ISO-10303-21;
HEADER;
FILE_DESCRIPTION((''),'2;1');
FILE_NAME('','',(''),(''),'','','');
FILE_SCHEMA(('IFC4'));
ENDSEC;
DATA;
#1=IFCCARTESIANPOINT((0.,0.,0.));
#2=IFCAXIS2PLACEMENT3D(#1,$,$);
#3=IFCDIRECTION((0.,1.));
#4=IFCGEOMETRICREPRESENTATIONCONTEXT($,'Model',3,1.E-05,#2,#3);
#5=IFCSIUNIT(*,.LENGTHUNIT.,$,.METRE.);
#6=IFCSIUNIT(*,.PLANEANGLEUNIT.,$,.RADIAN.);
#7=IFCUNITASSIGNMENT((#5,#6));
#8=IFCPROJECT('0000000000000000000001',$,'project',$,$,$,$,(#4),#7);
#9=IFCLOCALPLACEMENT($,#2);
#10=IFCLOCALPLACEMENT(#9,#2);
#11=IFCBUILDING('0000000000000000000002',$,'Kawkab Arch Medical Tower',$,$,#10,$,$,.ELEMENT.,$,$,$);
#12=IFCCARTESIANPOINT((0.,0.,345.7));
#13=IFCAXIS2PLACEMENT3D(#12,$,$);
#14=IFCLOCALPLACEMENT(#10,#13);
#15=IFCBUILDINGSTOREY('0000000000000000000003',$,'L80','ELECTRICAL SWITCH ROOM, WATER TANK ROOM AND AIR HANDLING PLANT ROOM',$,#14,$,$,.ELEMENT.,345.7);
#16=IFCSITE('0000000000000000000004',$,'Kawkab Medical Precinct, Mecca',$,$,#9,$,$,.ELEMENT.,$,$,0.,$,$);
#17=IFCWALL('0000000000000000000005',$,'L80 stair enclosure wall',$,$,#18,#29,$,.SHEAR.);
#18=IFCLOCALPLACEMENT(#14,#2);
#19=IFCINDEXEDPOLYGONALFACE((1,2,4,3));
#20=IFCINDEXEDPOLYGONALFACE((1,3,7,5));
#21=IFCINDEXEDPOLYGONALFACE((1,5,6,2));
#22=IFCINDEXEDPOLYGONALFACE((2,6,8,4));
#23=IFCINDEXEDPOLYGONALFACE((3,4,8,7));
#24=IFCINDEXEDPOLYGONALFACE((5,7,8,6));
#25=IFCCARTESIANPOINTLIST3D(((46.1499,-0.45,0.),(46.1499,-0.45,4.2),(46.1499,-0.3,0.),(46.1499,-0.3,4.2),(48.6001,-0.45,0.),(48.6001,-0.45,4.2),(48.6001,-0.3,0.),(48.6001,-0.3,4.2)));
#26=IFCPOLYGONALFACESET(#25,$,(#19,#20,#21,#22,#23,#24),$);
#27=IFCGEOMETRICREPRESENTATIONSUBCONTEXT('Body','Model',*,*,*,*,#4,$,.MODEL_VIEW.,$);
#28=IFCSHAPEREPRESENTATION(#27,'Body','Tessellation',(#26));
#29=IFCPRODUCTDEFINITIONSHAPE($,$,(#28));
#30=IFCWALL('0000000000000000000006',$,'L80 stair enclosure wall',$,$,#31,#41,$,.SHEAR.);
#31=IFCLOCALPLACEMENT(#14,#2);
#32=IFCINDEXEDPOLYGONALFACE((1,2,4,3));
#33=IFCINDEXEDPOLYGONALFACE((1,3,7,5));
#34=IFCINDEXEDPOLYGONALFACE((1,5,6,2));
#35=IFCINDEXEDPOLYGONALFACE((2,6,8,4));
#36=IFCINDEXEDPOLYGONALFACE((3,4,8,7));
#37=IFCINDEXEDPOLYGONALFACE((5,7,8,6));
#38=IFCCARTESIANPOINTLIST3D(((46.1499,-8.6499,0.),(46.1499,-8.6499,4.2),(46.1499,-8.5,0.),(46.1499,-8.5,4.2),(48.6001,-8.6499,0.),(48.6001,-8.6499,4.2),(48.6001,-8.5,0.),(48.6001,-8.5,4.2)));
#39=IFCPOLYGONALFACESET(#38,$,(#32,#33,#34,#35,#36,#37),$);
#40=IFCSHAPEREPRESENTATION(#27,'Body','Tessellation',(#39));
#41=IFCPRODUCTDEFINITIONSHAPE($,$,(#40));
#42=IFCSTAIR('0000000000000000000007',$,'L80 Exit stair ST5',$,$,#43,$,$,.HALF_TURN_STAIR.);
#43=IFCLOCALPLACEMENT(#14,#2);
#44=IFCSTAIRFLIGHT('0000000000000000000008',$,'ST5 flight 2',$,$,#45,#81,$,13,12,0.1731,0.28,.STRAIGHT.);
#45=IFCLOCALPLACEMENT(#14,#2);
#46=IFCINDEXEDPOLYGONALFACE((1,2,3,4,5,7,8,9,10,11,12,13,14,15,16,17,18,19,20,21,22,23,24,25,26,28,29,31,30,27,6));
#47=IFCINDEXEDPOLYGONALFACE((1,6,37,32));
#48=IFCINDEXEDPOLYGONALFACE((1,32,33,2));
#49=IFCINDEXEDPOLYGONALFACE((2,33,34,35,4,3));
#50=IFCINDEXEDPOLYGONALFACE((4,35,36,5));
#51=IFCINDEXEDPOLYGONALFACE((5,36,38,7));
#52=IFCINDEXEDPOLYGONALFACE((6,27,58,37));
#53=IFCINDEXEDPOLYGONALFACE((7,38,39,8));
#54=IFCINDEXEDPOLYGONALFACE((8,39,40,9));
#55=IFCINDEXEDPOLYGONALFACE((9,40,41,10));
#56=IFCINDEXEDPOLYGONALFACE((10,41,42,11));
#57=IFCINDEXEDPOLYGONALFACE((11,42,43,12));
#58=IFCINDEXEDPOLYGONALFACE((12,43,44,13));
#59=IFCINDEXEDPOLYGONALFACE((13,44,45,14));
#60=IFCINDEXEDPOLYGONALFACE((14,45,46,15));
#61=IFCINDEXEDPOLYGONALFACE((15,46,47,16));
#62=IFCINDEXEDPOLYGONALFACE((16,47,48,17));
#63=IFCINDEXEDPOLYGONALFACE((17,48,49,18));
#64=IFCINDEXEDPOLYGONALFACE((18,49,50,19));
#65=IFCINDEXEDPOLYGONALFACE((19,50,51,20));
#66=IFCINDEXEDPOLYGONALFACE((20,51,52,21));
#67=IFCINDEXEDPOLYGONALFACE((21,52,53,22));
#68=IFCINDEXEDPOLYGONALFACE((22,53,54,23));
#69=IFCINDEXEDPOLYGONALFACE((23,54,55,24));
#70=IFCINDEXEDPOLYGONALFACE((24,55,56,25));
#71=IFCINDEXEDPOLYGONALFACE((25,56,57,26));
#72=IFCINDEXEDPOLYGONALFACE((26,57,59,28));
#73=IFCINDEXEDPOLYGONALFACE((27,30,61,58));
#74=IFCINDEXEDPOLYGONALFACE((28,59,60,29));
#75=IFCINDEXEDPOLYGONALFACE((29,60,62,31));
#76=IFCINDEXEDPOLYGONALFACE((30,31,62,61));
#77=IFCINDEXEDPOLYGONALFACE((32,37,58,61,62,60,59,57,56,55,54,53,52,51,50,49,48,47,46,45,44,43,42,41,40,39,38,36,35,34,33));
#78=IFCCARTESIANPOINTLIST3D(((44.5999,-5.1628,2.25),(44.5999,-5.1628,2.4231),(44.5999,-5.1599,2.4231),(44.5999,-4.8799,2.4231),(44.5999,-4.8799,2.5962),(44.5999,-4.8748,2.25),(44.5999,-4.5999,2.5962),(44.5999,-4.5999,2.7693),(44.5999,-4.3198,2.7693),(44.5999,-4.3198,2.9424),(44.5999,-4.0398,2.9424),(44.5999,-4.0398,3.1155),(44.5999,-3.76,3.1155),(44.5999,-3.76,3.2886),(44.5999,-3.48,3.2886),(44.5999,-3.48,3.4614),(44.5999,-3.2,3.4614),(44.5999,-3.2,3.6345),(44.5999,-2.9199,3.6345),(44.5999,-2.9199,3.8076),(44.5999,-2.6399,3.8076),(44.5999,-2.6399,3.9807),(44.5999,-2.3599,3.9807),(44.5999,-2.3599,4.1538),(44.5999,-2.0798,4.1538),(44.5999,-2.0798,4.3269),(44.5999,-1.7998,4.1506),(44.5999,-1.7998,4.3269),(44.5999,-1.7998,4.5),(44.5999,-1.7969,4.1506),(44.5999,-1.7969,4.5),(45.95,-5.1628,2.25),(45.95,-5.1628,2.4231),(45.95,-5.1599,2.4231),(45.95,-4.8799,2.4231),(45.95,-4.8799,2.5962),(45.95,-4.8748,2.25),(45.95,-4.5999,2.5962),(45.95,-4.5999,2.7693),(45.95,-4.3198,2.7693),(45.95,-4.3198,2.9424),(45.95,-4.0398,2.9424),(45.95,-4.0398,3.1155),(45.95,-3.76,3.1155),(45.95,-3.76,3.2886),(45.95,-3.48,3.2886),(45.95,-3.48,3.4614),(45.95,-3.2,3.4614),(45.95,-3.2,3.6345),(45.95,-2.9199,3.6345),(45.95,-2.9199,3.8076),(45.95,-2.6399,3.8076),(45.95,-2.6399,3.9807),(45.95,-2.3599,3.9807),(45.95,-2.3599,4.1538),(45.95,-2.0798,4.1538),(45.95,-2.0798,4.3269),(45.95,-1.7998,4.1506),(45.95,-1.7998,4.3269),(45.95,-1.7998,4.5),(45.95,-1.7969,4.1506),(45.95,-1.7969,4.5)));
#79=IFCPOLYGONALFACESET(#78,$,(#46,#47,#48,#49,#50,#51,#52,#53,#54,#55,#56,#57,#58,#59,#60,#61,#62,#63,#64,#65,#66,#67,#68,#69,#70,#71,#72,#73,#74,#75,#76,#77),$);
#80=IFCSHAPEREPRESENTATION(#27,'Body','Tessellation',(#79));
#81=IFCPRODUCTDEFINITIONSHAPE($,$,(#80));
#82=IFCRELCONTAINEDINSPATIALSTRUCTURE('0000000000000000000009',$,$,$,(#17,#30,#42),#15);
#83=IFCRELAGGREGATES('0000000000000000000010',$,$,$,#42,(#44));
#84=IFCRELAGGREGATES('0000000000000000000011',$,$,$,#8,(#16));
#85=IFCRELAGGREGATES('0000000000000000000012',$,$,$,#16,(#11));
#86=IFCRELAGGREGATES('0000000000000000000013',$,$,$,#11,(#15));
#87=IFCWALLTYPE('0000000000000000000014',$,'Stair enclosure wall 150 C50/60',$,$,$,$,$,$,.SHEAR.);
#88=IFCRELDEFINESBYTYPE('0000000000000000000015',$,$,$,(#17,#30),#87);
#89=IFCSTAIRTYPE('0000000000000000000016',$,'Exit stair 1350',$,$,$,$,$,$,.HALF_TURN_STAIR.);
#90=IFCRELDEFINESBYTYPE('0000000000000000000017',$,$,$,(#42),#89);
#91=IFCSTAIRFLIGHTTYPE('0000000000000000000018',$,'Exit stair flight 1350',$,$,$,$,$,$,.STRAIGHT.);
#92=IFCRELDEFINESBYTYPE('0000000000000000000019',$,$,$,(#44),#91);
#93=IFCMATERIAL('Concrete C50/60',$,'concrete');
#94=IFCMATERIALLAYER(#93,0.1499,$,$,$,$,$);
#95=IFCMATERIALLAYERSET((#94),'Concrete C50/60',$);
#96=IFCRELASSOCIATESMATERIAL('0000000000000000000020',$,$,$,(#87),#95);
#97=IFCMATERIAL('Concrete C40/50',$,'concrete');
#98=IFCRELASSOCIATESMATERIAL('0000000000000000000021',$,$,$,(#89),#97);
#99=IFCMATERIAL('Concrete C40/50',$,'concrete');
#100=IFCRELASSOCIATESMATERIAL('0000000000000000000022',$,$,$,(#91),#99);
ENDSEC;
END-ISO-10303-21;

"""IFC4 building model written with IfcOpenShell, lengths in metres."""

from ifc_helpers import new_model, si_unit, direction, frame, frame_2d, origin, place, context, subcontext, project, spatial, polyline, rectangle, outline, extrude, material, layer, layer_set, type_object, element, aggregate, save


model = new_model("IFC4")

# Units and contexts
model_context = context("Model", 3, precision=1e-05, world=origin(), true_north=direction((0.0, 1.0)))
body_context = subcontext(model_context, "Body", "Model", "MODEL_VIEW")
ifc_project = project(units=[si_unit("LENGTHUNIT", "METRE"), si_unit("PLANEANGLEUNIT", "RADIAN")], contexts=[model_context])

# Site, building, storey
site_placement = place(None, origin())
site = spatial("IfcSite", under=ifc_project, at=site_placement, Name="Kawkab Medical Precinct, Mecca", CompositionType="ELEMENT", RefElevation=0.0)
building_placement = place(site_placement, origin())
building = spatial("IfcBuilding", under=site, at=building_placement, Name="Kawkab Arch Medical Tower", CompositionType="ELEMENT")
storey_placement = place(building_placement, frame((0.0, 0.0, 345.7)))
storey = spatial("IfcBuildingStorey", under=building, at=storey_placement, Name="L80", Description="ELECTRICAL SWITCH ROOM, WATER TANK ROOM AND AIR HANDLING PLANT ROOM", CompositionType="ELEMENT", Elevation=345.7)

# Shared definitions
placement = place(storey_placement, origin())

# Walls
ifc_material_1 = material(Name="Concrete C50/60", Category="concrete")
ifc_layer_1 = layer(ifc_material_1, 0.1499)
ifc_layer_set_1 = layer_set([ifc_layer_1], Name="Concrete C50/60")
wall_type_1 = type_object("IfcWallType", Name="Stair enclosure wall 150 C50/60", PredefinedType="SHEAR", material=ifc_layer_set_1)
for number, where, z_axis, x_axis, name in (
    (1, (46.1499, -0.375, 0.0), (0.0, 0.0, 1.0), (1.0, 0.0, 0.0), "L80 stair enclosure wall"),
    (2, (46.1499, -8.575, 0.0), (0.0, 0.0, 1.0), (1.0, 0.0, 0.0), "L80 stair enclosure wall"),
):
    element("IfcWall", number, at=place(storey_placement, frame(where, z_axis=z_axis, x_axis=x_axis)), inside=storey, type_object=wall_type_1, Name=name, PredefinedType="SHEAR", context=body_context, shape_type="SweptSolid", body=[
        extrude(rectangle(XDim=2.4502, YDim=0.1499, at=frame_2d((1.2251, 0.0))), origin(), (0.0, 0.0, 1.0), 4.2),
    ])

# Stair, stair flight
ifc_material_2 = material(Name="Concrete C40/50", Category="concrete")
stair_type = type_object("IfcStairType", Name="Exit stair 1350", PredefinedType="HALF_TURN_STAIR", material=ifc_material_2)
stair = element("IfcStair", 3, at=placement, inside=storey, type_object=stair_type, Name="L80 Exit stair ST5", PredefinedType="HALF_TURN_STAIR")
ifc_material_3 = material(Name="Concrete C40/50", Category="concrete")
stair_flight_type = type_object("IfcStairFlightType", Name="Exit stair flight 1350", PredefinedType="STRAIGHT", material=ifc_material_3)
stair_flight_placement = place(storey_placement, frame((45.2749, -5.1599, 2.25), z_axis=(0.0, 0.0, 1.0), x_axis=(0.0, 1.0, 0.0)))
stair_flight = element("IfcStairFlight", 4, at=stair_flight_placement, type_object=stair_flight_type, Name="ST5 flight 2", NumberOfRisers=13, NumberOfTreads=12, PredefinedType="STRAIGHT", RiserHeight=0.1731, TreadLength=0.28, context=body_context, shape_type="SweptSolid", body=[
    extrude(outline(polyline([(-0.0029, 0.0), (-0.0029, 0.1731), (0.0, 0.1731), (0.28, 0.1731), (0.28, 0.3462), (0.5601, 0.3462), (0.5601, 0.5193), (0.8401, 0.5193), (0.8401, 0.6924), (1.1201, 0.6924), (1.1201, 0.8655), (1.3999, 0.8655), (1.3999, 1.0386), (1.6799, 1.0386), (1.6799, 1.2114), (1.96, 1.2114), (1.96, 1.3845), (2.24, 1.3845), (2.24, 1.5576), (2.52, 1.5576), (2.52, 1.7307), (2.8, 1.7307), (2.8, 1.9038), (3.0801, 1.9038), (3.0801, 2.0769), (3.3601, 2.0769), (3.3601, 2.25), (3.363, 2.25), (3.363, 1.9006), (3.3601, 1.9006), (0.2852, 0.0), (-0.0029, 0.0)])), frame((0.0, 0.675, 0.0), z_axis=(0.0, -1.0, 0.0), x_axis=(1.0, 0.0, 0.0)), (0.0, 0.0, 1.0), 1.3501),
])
aggregate(stair, [stair_flight])

save(model, "model.ifc")
